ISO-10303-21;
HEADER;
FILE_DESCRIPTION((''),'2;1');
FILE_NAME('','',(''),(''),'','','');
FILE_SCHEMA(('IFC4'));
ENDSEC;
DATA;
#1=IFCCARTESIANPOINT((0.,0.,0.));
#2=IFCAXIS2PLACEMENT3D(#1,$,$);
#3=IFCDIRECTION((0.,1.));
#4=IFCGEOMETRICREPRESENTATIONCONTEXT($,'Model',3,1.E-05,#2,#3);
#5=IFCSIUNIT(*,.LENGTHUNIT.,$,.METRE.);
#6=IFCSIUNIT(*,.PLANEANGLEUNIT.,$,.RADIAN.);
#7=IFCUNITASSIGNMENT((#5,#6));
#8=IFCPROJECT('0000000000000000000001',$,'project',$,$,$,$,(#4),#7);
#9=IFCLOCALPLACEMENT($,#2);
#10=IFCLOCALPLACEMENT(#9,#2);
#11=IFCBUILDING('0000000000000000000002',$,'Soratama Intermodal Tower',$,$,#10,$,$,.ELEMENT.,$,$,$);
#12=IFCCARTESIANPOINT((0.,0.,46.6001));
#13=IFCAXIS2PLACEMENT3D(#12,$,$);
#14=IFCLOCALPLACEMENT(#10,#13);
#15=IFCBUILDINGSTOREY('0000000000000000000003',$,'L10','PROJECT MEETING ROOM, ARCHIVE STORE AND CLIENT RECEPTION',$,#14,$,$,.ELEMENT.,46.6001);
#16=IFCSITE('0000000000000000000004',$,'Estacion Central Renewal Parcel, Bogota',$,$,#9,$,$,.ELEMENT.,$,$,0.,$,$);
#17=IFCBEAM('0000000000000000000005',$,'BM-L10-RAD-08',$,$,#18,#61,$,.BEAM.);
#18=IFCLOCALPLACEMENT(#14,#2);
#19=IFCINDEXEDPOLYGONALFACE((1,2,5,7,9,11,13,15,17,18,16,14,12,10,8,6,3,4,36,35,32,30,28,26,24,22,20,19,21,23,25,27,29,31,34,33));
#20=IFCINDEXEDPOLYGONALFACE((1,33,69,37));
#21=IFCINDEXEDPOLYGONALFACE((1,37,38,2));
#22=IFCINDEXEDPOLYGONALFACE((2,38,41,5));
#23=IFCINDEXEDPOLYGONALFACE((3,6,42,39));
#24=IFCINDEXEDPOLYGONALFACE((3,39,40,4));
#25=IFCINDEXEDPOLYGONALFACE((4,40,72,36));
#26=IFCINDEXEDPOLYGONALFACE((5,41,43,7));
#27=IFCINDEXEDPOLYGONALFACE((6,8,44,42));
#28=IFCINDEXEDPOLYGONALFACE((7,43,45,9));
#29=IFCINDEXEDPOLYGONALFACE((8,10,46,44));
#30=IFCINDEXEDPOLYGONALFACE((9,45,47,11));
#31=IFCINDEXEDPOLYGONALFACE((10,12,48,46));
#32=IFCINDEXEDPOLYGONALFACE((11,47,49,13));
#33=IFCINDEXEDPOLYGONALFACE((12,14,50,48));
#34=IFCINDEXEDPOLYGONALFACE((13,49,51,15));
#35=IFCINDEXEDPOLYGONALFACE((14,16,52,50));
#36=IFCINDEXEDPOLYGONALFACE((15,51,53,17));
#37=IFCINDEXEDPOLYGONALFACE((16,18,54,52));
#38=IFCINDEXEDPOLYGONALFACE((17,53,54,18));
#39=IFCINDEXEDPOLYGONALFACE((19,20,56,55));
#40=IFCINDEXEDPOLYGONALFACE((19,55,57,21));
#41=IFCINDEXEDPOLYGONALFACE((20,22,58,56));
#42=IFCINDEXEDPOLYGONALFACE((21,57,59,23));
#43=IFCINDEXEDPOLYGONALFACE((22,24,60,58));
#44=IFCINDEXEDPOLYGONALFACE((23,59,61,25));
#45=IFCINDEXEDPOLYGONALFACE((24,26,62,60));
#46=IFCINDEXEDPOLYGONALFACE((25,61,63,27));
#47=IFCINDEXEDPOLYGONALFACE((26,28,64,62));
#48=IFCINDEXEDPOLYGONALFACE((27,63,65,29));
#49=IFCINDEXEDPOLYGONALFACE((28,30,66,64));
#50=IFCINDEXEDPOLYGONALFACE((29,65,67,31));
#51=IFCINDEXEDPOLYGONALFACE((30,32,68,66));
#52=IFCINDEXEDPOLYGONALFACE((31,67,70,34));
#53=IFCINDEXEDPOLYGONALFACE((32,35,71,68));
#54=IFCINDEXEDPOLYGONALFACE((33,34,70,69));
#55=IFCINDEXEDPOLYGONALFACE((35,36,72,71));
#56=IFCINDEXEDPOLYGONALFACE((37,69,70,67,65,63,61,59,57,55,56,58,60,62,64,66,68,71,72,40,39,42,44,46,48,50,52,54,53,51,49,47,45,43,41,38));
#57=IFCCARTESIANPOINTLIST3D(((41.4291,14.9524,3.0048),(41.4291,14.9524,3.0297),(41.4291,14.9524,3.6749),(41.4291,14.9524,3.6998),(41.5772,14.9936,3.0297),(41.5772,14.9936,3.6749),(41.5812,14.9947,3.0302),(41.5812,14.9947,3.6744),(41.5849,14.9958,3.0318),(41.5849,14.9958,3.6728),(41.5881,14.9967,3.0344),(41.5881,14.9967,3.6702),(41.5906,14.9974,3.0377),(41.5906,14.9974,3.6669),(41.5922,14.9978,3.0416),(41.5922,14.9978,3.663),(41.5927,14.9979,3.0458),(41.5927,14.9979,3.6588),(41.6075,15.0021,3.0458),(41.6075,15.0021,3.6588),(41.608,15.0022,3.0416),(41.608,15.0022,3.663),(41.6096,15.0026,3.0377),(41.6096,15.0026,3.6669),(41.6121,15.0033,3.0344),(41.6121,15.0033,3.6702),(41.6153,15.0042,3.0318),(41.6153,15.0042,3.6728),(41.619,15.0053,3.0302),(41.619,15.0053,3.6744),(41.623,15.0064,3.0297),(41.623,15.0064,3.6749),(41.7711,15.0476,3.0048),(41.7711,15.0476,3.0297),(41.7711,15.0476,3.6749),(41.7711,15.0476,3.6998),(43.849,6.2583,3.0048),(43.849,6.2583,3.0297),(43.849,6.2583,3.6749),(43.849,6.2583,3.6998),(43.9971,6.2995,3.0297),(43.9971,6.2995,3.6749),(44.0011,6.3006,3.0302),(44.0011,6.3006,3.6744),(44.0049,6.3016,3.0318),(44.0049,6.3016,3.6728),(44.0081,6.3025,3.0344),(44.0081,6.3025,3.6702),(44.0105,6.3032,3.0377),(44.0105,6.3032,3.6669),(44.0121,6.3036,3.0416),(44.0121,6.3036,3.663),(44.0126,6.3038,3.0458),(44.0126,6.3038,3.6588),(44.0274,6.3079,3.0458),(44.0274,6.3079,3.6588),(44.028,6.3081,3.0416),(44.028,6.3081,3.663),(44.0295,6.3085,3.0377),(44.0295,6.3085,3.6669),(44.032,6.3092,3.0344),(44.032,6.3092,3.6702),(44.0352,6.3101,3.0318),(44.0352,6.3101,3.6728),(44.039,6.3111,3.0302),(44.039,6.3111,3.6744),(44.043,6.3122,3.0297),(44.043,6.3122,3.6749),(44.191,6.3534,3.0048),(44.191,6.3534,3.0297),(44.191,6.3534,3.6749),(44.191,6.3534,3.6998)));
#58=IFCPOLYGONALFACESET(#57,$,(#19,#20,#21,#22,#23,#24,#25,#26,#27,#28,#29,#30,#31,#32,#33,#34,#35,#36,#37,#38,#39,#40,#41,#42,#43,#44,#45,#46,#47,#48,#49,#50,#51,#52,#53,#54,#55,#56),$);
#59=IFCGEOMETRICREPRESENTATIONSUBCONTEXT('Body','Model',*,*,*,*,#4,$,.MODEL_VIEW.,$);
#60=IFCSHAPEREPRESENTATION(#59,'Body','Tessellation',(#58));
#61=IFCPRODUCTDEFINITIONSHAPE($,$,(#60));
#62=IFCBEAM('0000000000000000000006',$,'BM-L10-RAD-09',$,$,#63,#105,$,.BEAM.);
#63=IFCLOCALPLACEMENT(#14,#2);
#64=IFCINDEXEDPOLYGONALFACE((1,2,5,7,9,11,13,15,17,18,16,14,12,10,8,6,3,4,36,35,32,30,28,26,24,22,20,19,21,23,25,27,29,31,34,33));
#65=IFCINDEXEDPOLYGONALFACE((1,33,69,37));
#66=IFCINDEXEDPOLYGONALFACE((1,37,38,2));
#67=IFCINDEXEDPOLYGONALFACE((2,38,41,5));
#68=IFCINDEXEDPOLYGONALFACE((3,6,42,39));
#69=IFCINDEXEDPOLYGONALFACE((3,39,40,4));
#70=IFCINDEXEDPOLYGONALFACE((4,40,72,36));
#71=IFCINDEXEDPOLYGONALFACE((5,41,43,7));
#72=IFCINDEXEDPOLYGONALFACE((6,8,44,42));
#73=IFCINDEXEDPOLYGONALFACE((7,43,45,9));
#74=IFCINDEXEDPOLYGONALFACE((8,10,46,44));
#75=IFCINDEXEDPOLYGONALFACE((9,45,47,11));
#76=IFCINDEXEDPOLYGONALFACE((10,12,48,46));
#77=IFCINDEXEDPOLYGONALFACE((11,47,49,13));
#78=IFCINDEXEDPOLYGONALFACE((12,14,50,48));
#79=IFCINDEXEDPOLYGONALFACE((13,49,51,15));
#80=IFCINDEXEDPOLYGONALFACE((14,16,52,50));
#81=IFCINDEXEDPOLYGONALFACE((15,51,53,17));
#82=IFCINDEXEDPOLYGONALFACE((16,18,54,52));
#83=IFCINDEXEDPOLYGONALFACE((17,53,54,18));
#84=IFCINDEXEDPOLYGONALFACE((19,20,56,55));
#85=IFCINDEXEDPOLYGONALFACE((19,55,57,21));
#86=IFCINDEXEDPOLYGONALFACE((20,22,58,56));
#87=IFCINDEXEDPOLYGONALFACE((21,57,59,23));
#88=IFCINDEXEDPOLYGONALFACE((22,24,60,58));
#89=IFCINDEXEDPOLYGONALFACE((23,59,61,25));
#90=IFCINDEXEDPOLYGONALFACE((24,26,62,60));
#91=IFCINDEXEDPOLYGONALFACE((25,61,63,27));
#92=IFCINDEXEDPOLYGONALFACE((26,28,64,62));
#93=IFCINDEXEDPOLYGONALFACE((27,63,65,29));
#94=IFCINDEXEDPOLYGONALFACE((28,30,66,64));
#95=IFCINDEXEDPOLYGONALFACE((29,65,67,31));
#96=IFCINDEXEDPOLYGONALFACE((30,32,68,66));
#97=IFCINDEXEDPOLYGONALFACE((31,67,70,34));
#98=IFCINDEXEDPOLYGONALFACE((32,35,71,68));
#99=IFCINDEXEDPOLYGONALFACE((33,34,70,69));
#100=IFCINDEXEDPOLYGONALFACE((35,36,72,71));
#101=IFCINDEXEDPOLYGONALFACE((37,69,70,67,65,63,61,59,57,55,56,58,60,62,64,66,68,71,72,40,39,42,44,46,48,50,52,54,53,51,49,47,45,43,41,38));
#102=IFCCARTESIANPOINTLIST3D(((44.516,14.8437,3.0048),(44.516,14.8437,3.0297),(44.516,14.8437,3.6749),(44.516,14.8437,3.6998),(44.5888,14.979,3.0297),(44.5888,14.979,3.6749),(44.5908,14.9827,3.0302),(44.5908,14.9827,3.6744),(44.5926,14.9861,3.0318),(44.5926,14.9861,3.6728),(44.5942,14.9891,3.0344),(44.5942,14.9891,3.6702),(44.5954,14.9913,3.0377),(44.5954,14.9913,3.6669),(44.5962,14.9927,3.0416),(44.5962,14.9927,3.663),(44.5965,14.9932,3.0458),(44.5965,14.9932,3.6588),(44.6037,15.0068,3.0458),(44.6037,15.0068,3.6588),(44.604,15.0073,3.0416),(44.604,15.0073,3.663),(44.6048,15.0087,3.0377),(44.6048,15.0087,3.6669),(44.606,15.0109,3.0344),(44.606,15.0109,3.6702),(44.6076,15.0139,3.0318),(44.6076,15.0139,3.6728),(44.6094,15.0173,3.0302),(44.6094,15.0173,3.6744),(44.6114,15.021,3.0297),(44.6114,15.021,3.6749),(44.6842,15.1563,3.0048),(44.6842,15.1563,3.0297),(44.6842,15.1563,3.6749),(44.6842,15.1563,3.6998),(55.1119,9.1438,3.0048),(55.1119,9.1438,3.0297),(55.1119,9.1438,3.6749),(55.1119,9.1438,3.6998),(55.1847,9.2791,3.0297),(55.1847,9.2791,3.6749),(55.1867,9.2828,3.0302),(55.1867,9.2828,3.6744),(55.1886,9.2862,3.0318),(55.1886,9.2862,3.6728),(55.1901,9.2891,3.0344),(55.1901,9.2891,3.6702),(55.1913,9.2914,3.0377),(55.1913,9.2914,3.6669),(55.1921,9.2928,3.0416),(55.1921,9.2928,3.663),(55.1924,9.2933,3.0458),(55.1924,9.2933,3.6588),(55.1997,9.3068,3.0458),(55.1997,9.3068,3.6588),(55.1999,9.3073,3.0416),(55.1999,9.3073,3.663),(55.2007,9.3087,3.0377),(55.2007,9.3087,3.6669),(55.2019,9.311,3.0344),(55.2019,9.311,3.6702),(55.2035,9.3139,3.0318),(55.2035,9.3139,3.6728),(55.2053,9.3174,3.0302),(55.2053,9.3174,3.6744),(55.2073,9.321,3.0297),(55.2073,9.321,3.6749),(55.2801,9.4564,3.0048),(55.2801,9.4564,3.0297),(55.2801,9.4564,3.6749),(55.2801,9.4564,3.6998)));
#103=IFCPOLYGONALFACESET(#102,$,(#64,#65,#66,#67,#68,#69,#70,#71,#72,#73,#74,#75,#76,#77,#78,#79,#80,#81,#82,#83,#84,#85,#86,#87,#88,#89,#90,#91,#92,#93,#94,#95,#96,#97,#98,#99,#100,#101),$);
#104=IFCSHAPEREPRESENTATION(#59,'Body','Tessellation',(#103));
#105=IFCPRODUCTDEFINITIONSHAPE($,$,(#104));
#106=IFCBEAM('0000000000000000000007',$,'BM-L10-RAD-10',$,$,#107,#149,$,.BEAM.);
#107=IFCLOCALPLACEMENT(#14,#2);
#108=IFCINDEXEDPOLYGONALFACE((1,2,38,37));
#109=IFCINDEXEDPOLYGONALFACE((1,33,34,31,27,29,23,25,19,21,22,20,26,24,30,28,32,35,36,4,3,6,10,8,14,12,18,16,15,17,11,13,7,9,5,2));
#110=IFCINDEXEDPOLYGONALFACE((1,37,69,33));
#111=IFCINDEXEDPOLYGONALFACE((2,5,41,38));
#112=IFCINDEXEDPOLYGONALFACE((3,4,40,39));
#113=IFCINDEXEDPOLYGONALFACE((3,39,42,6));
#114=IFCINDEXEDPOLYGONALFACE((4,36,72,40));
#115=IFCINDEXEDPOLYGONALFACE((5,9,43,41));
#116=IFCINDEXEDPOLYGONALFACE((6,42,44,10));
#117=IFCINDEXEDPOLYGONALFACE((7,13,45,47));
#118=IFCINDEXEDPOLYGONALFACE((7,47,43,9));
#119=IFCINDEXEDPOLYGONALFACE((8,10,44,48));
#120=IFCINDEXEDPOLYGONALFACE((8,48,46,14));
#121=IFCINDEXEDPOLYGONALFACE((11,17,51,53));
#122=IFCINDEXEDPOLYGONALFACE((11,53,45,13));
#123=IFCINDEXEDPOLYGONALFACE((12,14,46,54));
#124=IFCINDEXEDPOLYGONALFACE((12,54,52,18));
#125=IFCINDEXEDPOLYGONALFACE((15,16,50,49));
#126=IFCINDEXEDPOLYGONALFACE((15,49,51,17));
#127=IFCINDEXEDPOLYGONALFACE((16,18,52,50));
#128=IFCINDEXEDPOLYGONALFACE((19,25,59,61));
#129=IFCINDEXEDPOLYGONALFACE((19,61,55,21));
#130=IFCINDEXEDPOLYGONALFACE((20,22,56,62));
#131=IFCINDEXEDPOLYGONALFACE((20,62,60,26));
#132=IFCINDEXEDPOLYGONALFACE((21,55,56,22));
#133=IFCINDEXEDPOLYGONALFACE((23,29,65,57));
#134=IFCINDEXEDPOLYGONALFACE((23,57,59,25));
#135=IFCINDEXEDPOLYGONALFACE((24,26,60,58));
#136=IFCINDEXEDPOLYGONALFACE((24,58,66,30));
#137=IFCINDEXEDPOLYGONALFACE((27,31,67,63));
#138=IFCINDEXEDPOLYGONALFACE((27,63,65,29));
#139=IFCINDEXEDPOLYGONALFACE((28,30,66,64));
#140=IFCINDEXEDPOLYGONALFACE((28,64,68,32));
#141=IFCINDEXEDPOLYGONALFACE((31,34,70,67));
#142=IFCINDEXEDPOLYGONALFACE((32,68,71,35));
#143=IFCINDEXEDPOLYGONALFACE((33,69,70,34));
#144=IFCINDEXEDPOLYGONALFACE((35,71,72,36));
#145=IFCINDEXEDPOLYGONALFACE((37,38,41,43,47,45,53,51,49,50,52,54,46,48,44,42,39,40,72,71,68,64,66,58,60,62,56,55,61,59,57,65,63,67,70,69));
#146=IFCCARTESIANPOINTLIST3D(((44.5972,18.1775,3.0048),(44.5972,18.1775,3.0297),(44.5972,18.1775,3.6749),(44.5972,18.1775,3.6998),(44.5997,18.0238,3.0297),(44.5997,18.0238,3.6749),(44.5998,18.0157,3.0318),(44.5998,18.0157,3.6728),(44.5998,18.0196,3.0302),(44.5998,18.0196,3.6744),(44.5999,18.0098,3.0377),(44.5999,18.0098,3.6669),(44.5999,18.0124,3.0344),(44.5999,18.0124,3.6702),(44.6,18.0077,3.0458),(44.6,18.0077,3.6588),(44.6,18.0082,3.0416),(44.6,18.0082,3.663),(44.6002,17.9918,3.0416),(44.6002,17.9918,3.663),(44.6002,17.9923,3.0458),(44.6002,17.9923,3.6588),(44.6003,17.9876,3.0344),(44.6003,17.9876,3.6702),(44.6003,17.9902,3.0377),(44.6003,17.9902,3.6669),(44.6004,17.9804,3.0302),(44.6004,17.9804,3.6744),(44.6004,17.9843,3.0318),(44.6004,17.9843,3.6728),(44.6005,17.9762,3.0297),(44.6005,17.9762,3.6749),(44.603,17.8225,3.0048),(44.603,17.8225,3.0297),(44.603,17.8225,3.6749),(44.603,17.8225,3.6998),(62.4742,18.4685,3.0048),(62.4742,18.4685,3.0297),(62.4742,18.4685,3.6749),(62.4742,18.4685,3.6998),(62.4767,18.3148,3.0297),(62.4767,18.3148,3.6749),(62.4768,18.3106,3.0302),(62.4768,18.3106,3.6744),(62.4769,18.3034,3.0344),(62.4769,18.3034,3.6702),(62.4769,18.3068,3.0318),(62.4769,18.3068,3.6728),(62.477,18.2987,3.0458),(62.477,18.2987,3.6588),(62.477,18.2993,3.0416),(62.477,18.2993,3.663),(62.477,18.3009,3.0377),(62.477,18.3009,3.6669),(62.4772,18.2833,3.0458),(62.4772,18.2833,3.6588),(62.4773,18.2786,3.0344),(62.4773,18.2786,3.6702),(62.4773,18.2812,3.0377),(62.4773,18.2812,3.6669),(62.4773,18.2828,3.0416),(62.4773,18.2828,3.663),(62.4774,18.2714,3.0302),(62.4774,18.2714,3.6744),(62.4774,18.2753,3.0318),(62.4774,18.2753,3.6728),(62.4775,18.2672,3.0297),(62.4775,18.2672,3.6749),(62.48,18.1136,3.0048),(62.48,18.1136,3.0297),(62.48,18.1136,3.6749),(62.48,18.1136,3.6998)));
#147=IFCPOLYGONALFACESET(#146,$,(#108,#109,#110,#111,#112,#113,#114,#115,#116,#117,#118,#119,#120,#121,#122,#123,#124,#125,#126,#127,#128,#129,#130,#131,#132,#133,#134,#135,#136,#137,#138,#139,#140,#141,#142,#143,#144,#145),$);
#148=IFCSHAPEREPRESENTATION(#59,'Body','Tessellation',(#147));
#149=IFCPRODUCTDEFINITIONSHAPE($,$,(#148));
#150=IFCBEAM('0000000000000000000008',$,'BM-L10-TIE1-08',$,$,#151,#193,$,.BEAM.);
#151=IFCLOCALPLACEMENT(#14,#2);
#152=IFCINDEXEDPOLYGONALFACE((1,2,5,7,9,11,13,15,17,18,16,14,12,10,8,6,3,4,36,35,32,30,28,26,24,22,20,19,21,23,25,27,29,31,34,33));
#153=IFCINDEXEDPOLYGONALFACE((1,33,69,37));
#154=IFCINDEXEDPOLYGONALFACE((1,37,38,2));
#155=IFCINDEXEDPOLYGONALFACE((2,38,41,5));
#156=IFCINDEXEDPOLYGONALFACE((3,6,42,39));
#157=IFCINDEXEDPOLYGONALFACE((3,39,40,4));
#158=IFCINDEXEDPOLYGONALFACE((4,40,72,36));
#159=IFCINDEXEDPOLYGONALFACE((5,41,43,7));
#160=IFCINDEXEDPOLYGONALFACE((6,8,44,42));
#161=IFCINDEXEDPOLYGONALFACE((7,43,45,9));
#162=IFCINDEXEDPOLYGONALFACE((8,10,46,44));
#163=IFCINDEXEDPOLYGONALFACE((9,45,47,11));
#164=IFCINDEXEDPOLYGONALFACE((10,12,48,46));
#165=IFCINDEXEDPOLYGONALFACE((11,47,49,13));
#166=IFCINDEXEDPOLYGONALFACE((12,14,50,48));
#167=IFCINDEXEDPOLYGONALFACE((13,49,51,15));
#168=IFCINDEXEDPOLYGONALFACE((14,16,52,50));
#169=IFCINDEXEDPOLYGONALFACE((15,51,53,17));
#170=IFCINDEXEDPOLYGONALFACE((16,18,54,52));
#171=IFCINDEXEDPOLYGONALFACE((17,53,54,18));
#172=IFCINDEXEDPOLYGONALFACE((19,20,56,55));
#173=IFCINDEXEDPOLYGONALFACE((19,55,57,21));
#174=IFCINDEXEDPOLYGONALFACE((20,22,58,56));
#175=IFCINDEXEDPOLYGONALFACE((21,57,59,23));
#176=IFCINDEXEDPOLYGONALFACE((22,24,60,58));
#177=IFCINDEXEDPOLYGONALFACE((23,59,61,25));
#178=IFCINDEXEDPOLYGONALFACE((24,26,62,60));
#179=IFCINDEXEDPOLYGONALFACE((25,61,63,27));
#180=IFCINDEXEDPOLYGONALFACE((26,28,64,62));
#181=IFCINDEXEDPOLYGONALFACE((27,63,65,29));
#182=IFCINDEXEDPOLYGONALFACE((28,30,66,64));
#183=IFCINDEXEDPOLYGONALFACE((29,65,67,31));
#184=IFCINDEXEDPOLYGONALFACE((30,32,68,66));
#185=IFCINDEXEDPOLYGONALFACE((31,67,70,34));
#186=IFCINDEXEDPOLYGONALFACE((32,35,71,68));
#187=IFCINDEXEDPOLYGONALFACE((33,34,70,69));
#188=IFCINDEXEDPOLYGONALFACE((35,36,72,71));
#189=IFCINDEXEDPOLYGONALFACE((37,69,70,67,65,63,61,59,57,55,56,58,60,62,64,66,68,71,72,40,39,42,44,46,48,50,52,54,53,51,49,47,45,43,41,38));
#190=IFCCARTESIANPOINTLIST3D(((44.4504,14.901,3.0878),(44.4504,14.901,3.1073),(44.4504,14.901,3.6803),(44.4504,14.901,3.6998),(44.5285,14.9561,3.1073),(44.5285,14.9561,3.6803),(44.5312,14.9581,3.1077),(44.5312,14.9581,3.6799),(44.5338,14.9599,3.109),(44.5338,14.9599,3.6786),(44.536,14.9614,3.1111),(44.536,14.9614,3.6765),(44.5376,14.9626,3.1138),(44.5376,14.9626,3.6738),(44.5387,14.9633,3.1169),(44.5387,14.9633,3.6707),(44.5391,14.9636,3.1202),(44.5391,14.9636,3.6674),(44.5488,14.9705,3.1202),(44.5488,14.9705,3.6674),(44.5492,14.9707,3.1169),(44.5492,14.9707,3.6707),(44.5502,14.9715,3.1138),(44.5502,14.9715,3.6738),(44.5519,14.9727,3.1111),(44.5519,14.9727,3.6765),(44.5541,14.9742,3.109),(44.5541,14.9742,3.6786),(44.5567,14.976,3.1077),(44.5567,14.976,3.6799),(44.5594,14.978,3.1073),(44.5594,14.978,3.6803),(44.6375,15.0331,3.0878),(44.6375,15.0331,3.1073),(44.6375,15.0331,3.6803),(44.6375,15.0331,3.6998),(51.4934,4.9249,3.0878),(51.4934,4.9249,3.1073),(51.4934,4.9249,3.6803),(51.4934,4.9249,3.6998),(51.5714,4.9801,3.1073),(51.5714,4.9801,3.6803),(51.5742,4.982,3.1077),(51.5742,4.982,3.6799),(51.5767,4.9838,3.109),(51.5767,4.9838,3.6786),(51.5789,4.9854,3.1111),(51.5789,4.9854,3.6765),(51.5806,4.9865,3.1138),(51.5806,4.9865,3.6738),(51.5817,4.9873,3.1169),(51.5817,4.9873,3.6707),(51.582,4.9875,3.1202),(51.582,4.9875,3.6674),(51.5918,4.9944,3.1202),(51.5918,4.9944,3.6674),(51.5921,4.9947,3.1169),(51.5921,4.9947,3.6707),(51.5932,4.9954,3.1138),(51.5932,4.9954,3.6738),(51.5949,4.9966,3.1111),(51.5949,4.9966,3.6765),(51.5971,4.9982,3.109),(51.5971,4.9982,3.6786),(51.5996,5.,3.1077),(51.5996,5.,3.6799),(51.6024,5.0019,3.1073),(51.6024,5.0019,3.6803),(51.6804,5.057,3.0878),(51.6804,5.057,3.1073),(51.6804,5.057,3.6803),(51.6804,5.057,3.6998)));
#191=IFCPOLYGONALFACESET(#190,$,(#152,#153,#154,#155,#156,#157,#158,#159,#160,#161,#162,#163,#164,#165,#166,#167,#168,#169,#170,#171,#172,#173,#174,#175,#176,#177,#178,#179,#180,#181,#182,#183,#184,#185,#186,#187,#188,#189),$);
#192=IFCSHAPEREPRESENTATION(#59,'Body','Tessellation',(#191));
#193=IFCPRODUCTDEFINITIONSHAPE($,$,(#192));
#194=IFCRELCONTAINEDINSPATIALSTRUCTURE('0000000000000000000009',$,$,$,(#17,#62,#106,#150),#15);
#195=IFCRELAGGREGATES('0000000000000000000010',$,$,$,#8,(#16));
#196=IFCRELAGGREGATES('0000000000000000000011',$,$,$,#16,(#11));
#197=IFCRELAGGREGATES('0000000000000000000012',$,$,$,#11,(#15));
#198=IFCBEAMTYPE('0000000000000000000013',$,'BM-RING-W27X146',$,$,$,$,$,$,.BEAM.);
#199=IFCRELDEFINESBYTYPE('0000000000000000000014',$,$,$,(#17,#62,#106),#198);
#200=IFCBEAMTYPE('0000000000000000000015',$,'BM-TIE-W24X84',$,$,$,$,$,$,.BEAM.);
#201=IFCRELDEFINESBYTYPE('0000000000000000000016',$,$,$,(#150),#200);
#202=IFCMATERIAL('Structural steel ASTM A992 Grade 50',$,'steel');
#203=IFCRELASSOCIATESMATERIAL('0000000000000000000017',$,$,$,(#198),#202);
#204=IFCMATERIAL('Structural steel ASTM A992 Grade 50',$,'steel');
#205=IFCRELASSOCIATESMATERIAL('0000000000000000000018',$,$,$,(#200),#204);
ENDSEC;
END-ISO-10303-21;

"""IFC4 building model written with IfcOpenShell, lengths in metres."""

from ifc_helpers import new_model, si_unit, direction, frame, origin, origin_2d, place, context, subcontext, project, spatial, i_section, extrude, material, material_profile, profile_set, type_object, element, save


model = new_model("IFC4")

# Units and contexts
model_context = context("Model", 3, precision=1e-05, world=origin(), true_north=direction((0.0, 1.0)))
body_context = subcontext(model_context, "Body", "Model", "MODEL_VIEW")
ifc_project = project(units=[si_unit("LENGTHUNIT", "METRE"), si_unit("PLANEANGLEUNIT", "RADIAN")], contexts=[model_context])

# Site, building, storey
site_placement = place(None, origin())
site = spatial("IfcSite", under=ifc_project, at=site_placement, Name="Estacion Central Renewal Parcel, Bogota", CompositionType="ELEMENT", RefElevation=0.0)
building_placement = place(site_placement, origin())
building = spatial("IfcBuilding", under=site, at=building_placement, Name="Soratama Intermodal Tower", CompositionType="ELEMENT")
storey_placement = place(building_placement, frame((0.0, 0.0, 46.6001)))
storey = spatial("IfcBuildingStorey", under=building, at=storey_placement, Name="L10", Description="PROJECT MEETING ROOM, ARCHIVE STORE AND CLIENT RECEPTION", CompositionType="ELEMENT", Elevation=46.6001)

# Beams
ifc_material_1 = material(Name="Structural steel ASTM A992 Grade 50", Category="steel")
ifc_material_profile_1 = material_profile(ifc_material_1, i_section(OverallWidth=0.355, OverallDepth=0.6951, WebThickness=0.0154, FlangeThickness=0.0249, FilletRadius=0.0161, at=origin_2d()), Name="W27X146")
ifc_profile_set_1 = profile_set([ifc_material_profile_1], Name="Structural steel ASTM A992 Grade 50")
beam_type_1 = type_object("IfcBeamType", Name="BM-RING-W27X146", PredefinedType="BEAM", material=ifc_profile_set_1)
beam_1_placement = place(storey_placement, frame((41.6001, 15.0, 3.3523), z_axis=(0.268148, -0.963378, 0.0), x_axis=(0.963378, 0.268148, 0.0)))
element("IfcBeam", 1, at=beam_1_placement, inside=storey, type_object=beam_type_1, Name="BM-L10-RAD-08", PredefinedType="BEAM", context=body_context, shape_type="SweptSolid", body=[
    extrude(i_section(OverallWidth=0.355, OverallDepth=0.6951, WebThickness=0.0154, FlangeThickness=0.0249, FilletRadius=0.0161, at=origin_2d()), origin(), (0.0, 0.0, 1.0), 9.0247),
])
beam_2_placement = place(storey_placement, frame((44.6001, 15.0, 3.3523), z_axis=(0.880664, -0.473742, 0.0), x_axis=(0.473742, 0.880664, 0.0)))
element("IfcBeam", 2, at=beam_2_placement, inside=storey, type_object=beam_type_1, Name="BM-L10-RAD-09", PredefinedType="BEAM", context=body_context, shape_type="SweptSolid", body=[
    extrude(i_section(OverallWidth=0.355, OverallDepth=0.6951, WebThickness=0.0154, FlangeThickness=0.0249, FilletRadius=0.0161, at=origin_2d()), origin(), (0.0, 0.0, 1.0), 12.0317),
])
beam_3_placement = place(storey_placement, frame((44.6001, 18.0, 3.3523), z_axis=(0.999868, 0.016277, 0.0), x_axis=(-0.016277, 0.999868, 0.0)))
element("IfcBeam", 3, at=beam_3_placement, inside=storey, type_object=beam_type_1, Name="BM-L10-RAD-10", PredefinedType="BEAM", context=body_context, shape_type="SweptSolid", body=[
    extrude(i_section(OverallWidth=0.355, OverallDepth=0.6951, WebThickness=0.0154, FlangeThickness=0.0249, FilletRadius=0.0161, at=origin_2d()), origin(), (0.0, 0.0, 1.0), 17.8794),
])
ifc_material_2 = material(Name="Structural steel ASTM A992 Grade 50", Category="steel")
ifc_material_profile_2 = material_profile(ifc_material_2, i_section(OverallWidth=0.229, OverallDepth=0.6121, WebThickness=0.012, FlangeThickness=0.0195, FilletRadius=0.0129, at=origin_2d()), Name="W24X84")
ifc_profile_set_2 = profile_set([ifc_material_profile_2], Name="Structural steel ASTM A992 Grade 50")
beam_type_2 = type_object("IfcBeamType", Name="BM-TIE-W24X84", PredefinedType="BEAM", material=ifc_profile_set_2)
beam_4_placement = place(storey_placement, frame((44.5439, 14.967, 3.3938), z_axis=(0.57674, -0.816928, 0.0), x_axis=(0.816928, 0.57674, 0.0)))
element("IfcBeam", 4, at=beam_4_placement, inside=storey, type_object=beam_type_2, Name="BM-L10-TIE1-08", PredefinedType="BEAM", context=body_context, shape_type="SweptSolid", body=[
    extrude(i_section(OverallWidth=0.229, OverallDepth=0.6121, WebThickness=0.012, FlangeThickness=0.0195, FilletRadius=0.0129, at=origin_2d()), origin(), (0.0, 0.0, 1.0), 12.2117),
])

save(model, "model.ifc")
